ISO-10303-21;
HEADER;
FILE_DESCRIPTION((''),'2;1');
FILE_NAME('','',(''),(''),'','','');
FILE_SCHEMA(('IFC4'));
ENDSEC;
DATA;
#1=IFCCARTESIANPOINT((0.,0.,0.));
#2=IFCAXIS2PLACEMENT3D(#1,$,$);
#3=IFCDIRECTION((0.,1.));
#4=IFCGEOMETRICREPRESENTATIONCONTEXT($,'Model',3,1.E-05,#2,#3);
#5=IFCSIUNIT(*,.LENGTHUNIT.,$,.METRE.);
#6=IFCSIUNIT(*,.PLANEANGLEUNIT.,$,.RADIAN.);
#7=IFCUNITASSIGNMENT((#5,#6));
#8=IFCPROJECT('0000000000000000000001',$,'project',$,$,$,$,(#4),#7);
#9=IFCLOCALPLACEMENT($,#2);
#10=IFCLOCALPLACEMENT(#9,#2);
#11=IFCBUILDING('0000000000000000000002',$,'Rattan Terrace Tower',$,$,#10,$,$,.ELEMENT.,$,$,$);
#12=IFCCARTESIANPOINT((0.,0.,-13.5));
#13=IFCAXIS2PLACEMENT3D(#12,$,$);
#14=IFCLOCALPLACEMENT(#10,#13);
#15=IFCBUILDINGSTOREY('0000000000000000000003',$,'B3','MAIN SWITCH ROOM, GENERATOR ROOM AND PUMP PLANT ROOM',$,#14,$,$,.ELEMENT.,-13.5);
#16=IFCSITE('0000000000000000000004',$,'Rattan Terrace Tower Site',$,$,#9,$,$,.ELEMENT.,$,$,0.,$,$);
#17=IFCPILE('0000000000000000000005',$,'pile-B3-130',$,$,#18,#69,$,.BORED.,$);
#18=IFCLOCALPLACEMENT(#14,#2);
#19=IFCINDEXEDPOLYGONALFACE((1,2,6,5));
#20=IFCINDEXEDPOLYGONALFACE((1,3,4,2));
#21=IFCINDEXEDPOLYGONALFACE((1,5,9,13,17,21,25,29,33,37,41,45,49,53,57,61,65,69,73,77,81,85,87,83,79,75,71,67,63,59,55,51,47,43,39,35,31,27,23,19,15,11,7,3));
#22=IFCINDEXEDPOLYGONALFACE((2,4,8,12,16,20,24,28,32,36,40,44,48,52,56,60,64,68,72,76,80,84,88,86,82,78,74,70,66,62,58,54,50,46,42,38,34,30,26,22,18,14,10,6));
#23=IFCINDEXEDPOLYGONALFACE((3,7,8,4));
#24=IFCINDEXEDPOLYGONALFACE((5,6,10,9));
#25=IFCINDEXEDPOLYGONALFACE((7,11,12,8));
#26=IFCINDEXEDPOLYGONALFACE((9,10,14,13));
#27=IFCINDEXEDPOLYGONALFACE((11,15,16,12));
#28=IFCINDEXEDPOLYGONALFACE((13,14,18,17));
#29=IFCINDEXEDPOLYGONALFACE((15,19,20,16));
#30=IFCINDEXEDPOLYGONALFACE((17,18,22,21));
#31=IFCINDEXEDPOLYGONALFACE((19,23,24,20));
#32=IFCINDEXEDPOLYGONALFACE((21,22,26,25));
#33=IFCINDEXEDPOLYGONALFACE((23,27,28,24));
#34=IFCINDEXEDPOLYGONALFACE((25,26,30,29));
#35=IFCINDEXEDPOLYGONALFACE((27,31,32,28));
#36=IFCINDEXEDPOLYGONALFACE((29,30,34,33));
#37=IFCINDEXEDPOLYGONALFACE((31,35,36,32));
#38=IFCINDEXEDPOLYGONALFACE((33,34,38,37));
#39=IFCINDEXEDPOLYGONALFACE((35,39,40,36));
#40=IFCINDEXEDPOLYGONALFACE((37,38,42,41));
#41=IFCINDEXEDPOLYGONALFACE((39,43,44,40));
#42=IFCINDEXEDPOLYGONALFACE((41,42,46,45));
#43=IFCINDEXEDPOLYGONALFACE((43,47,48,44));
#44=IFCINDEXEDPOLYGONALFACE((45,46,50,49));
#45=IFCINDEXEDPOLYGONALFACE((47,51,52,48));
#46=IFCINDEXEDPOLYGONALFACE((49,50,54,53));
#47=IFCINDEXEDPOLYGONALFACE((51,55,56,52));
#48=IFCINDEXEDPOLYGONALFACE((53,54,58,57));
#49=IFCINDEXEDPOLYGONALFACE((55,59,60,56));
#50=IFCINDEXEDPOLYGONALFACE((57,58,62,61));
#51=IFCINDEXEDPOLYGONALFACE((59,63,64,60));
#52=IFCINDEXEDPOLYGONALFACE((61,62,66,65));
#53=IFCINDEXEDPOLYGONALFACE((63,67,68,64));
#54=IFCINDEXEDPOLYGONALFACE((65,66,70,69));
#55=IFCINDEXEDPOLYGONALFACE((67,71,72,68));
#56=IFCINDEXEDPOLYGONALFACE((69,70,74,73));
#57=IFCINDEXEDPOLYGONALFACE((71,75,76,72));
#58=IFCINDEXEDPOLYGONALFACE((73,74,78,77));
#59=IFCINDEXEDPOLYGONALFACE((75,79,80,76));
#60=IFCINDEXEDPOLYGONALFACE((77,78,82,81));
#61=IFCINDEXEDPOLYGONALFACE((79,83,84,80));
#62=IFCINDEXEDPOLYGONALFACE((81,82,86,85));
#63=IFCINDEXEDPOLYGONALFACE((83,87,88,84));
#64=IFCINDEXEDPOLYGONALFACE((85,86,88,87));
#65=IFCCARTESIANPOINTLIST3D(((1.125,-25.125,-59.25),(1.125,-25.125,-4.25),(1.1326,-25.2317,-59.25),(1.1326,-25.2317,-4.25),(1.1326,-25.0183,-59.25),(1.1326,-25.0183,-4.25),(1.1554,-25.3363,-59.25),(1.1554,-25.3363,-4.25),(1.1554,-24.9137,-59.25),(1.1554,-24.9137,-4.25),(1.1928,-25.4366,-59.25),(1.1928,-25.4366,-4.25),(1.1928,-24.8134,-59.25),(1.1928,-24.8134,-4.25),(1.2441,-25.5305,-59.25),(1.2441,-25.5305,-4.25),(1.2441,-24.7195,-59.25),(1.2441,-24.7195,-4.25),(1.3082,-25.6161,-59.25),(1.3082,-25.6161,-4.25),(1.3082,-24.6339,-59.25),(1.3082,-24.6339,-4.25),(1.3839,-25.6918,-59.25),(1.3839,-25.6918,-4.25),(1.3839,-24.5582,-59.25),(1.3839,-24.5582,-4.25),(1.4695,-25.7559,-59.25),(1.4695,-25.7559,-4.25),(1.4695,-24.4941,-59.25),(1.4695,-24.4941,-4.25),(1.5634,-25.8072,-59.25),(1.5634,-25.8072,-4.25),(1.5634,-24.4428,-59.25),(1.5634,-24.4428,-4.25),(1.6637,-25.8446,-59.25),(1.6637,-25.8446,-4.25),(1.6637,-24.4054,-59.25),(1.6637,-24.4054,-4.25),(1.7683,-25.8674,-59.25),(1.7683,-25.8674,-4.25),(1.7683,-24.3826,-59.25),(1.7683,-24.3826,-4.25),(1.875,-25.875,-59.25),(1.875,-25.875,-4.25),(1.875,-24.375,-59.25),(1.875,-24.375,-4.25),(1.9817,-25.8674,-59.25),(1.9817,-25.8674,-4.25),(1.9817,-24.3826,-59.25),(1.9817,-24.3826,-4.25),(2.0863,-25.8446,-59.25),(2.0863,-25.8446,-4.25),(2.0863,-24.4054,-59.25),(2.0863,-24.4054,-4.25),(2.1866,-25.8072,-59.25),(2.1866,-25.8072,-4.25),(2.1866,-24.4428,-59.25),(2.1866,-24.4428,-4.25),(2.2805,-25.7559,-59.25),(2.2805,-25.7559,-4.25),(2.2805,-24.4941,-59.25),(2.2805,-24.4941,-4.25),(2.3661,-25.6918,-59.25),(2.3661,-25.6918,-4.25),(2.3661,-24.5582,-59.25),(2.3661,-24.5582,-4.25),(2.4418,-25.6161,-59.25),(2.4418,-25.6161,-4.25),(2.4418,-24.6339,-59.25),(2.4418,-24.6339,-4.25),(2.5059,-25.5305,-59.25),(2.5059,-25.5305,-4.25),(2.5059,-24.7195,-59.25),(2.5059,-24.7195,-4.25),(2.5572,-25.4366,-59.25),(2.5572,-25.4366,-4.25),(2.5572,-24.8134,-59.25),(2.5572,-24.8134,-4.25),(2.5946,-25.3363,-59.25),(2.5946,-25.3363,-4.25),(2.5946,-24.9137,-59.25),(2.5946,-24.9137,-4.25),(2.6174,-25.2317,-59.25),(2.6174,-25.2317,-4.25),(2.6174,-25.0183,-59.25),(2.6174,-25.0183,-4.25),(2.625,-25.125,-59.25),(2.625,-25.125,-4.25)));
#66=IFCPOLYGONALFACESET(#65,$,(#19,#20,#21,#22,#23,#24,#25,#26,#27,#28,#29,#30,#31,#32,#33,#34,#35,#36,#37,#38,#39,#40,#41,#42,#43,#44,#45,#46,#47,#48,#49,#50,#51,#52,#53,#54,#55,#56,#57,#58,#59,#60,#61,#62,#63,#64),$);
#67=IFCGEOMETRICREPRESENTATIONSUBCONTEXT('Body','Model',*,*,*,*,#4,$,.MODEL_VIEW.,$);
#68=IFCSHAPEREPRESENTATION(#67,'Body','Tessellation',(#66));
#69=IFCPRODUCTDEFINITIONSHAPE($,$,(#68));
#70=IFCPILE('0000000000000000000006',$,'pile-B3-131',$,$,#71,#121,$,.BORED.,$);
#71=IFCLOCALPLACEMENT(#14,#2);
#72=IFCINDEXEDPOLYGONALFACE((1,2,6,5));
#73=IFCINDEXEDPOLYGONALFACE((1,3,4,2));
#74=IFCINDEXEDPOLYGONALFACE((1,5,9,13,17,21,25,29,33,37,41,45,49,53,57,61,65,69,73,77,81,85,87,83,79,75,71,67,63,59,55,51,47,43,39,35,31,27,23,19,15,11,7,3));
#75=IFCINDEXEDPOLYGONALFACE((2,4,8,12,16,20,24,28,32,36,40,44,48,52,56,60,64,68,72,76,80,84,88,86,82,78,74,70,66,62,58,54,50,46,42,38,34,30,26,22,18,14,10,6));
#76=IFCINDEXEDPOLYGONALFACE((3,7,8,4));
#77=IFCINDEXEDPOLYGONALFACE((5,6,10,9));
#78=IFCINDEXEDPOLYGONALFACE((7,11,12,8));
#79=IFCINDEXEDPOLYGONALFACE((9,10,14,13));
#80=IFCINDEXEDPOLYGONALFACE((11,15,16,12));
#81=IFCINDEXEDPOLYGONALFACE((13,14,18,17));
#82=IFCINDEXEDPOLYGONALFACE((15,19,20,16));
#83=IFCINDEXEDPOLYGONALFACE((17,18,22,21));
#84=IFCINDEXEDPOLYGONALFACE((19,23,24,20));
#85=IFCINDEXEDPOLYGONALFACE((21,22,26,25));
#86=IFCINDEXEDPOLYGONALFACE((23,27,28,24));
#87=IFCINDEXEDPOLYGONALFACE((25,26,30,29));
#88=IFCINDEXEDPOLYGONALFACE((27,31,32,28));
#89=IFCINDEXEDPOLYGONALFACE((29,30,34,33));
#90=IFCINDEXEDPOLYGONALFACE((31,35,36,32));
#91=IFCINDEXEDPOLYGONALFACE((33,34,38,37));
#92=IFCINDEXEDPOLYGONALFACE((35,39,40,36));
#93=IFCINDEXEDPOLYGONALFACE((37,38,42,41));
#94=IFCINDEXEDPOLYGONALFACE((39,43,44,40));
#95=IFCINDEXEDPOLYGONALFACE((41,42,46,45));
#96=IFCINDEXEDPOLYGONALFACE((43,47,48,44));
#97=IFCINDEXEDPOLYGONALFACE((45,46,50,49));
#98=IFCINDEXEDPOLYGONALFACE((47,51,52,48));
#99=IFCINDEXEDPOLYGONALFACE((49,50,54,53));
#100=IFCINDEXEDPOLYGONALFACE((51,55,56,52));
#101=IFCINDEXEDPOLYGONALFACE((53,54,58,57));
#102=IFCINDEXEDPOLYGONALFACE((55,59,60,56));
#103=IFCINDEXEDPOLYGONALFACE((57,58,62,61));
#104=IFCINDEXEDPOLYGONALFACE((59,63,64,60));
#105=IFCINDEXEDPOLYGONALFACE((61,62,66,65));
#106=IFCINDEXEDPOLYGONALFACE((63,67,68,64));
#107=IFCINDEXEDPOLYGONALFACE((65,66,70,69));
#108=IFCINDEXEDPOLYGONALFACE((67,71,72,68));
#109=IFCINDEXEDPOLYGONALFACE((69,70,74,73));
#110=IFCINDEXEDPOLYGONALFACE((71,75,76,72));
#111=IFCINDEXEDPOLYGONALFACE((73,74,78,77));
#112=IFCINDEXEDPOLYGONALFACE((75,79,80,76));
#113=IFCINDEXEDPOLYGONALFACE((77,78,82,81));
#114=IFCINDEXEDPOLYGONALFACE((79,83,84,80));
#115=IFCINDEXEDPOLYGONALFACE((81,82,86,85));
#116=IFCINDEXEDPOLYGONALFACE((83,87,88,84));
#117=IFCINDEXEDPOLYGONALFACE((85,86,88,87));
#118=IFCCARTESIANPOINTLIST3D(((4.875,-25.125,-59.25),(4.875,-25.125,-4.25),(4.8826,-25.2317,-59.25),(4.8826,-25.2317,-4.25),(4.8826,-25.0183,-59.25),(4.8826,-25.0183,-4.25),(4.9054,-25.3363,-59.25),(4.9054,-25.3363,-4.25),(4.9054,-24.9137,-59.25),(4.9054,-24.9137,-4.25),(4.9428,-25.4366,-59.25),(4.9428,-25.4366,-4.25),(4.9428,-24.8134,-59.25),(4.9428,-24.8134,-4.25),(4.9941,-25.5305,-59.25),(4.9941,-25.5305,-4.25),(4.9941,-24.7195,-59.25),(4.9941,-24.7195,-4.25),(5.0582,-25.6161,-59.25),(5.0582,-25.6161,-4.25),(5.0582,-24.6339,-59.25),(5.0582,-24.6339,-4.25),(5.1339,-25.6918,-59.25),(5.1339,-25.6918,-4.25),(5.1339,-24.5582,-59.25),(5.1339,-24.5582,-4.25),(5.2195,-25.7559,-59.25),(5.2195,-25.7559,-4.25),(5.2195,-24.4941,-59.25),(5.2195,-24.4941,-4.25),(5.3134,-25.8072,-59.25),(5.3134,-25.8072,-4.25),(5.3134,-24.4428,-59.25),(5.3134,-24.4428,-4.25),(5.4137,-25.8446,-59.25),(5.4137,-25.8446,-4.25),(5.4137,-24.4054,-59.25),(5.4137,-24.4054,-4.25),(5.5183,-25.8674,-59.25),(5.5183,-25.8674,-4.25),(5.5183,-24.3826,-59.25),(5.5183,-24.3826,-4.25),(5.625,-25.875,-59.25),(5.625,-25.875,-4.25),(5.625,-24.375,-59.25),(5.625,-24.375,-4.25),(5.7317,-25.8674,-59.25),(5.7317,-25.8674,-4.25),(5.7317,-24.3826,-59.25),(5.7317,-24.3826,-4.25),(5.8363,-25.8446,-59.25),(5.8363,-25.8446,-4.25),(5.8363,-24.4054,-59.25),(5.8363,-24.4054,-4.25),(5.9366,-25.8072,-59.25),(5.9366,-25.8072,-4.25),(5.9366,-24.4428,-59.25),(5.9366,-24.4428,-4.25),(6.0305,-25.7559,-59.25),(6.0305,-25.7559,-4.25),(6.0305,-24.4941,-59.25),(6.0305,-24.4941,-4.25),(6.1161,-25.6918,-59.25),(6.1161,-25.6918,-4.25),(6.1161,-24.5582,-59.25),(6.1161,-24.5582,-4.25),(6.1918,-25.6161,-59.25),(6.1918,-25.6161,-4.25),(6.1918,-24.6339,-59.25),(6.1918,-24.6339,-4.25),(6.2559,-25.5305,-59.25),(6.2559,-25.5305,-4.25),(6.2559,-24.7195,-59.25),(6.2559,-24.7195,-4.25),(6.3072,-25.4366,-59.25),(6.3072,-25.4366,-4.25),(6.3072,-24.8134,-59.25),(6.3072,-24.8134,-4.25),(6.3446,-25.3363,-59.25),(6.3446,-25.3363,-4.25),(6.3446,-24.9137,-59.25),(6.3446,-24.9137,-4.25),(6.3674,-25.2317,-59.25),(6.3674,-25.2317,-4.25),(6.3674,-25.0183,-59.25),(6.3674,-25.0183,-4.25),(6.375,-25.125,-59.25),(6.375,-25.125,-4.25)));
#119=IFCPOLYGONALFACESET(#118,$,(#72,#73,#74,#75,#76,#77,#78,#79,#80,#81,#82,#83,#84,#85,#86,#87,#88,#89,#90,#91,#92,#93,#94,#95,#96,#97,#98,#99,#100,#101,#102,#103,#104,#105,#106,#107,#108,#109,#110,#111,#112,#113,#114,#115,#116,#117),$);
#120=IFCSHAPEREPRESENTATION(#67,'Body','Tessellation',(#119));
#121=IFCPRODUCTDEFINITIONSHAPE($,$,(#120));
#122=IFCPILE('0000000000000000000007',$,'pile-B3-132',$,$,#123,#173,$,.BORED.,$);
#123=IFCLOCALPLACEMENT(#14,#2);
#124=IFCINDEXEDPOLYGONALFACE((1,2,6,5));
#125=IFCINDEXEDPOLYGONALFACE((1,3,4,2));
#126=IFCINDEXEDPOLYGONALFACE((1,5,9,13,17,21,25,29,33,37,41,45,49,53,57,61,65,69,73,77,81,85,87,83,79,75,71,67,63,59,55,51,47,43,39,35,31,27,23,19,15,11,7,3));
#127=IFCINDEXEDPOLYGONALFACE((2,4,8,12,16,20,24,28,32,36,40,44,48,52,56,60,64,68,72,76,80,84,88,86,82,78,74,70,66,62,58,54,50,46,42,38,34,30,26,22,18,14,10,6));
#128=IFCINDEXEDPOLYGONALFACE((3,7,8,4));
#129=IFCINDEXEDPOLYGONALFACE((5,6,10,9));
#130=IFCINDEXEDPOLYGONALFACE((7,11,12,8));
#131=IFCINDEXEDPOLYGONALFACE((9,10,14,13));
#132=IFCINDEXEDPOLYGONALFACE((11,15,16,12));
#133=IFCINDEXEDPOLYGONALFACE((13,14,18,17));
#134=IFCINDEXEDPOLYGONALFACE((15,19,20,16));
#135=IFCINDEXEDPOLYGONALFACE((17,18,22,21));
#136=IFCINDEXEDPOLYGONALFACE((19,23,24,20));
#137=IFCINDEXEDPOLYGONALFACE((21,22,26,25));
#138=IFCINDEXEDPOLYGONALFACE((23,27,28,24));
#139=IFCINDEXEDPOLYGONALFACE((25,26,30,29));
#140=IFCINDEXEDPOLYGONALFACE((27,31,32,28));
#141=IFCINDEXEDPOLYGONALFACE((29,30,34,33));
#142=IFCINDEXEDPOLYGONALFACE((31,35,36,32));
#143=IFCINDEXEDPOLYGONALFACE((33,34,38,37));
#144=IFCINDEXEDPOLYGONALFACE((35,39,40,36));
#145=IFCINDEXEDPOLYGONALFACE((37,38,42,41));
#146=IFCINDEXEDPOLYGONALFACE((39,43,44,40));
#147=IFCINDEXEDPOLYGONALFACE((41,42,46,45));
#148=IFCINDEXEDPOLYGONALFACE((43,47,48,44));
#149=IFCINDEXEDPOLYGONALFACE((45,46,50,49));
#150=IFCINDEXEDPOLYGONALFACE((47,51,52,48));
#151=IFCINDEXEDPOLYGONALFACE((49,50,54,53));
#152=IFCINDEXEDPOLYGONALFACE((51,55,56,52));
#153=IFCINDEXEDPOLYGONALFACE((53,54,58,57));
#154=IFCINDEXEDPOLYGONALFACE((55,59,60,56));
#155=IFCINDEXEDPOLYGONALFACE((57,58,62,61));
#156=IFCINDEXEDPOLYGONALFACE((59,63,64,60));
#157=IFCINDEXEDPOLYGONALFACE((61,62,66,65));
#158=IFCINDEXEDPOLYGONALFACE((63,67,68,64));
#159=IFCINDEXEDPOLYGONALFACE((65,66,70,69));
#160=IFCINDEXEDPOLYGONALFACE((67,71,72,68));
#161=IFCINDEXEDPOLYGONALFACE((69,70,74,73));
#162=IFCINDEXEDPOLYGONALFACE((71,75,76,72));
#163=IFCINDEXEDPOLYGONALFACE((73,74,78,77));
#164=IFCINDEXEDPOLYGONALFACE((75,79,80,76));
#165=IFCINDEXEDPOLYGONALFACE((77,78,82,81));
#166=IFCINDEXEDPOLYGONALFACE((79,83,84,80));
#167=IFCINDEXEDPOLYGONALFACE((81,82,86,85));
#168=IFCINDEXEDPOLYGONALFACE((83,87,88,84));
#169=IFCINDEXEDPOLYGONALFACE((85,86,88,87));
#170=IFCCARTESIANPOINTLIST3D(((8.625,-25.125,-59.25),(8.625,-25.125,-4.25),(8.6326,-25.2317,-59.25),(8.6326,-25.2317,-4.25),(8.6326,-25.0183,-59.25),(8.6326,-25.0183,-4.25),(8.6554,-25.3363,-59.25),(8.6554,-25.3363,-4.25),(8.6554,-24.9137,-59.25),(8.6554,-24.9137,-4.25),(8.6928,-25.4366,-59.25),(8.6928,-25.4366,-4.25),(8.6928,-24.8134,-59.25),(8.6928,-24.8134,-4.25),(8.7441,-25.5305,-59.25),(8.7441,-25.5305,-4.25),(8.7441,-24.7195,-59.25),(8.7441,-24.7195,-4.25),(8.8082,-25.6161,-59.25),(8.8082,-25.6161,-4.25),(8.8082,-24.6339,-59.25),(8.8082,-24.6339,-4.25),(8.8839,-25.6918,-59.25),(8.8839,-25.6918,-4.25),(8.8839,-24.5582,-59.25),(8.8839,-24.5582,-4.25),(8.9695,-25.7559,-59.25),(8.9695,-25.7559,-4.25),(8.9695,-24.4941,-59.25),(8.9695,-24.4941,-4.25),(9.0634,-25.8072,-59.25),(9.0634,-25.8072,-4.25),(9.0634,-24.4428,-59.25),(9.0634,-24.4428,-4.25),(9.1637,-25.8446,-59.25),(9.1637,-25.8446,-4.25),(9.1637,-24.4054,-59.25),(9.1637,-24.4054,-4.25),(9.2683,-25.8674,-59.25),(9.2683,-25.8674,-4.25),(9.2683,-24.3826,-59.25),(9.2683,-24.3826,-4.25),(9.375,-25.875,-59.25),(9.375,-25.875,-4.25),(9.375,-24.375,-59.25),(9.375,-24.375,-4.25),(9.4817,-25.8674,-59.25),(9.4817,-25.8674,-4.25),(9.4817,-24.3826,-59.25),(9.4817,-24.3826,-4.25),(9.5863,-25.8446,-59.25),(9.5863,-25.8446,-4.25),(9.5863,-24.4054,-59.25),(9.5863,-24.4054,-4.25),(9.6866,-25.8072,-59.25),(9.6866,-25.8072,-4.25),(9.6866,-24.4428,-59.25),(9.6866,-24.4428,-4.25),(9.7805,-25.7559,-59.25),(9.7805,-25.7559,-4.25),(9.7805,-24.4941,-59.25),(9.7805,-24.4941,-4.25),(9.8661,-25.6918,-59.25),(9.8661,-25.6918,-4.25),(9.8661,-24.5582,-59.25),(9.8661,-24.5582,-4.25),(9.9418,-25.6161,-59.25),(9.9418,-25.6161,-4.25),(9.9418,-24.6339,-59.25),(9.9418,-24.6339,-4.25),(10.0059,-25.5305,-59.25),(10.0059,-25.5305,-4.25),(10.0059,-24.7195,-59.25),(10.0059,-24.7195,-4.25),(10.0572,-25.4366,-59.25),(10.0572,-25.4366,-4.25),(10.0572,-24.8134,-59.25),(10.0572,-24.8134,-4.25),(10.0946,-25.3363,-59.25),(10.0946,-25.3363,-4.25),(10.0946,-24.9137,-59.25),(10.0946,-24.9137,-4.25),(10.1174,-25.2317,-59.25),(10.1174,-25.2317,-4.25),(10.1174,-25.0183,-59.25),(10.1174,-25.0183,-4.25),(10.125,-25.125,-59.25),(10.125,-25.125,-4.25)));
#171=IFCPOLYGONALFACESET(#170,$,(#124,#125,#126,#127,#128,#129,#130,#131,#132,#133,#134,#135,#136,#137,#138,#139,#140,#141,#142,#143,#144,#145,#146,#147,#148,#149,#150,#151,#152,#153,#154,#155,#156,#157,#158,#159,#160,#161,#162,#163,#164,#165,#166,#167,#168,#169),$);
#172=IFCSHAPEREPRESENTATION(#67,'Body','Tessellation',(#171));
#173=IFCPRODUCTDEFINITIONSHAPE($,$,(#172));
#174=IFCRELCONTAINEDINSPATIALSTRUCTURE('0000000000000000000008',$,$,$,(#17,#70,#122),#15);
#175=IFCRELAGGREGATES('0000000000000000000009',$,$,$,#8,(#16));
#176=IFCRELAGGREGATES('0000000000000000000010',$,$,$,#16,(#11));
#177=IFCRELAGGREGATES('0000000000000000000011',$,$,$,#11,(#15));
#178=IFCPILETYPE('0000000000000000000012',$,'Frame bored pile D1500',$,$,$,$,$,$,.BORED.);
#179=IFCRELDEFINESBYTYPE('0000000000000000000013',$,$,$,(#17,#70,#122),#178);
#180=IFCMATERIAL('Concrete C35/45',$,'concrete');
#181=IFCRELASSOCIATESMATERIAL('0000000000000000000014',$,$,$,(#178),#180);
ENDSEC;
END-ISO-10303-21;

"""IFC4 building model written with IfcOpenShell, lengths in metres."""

from ifc_helpers import new_model, si_unit, direction, frame, origin, origin_2d, place, context, subcontext, project, spatial, circle, extrude, material, material_profile, profile_set, type_object, element, save


model = new_model("IFC4")

# Units and contexts
model_context = context("Model", 3, precision=1e-05, world=origin(), true_north=direction((0.0, 1.0)))
body_context = subcontext(model_context, "Body", "Model", "MODEL_VIEW")
ifc_project = project(units=[si_unit("LENGTHUNIT", "METRE"), si_unit("PLANEANGLEUNIT", "RADIAN")], contexts=[model_context])

# Site, building, storey
site_placement = place(None, origin())
site = spatial("IfcSite", under=ifc_project, at=site_placement, Name="Rattan Terrace Tower Site", CompositionType="ELEMENT", RefElevation=0.0)
building_placement = place(site_placement, origin())
building = spatial("IfcBuilding", under=site, at=building_placement, Name="Rattan Terrace Tower", CompositionType="ELEMENT")
storey_placement = place(building_placement, frame((0.0, 0.0, -13.5)))
storey = spatial("IfcBuildingStorey", under=building, at=storey_placement, Name="B3", Description="MAIN SWITCH ROOM, GENERATOR ROOM AND PUMP PLANT ROOM", CompositionType="ELEMENT", Elevation=-13.5)

# Piles
ifc_material_1 = material(Name="Concrete C35/45", Category="concrete")
ifc_material_profile_1 = material_profile(ifc_material_1, circle(Radius=0.75, at=origin_2d()), Name="PILE D1500")
ifc_profile_set_1 = profile_set([ifc_material_profile_1], Name="Concrete C35/45")
pile_type = type_object("IfcPileType", Name="Frame bored pile D1500", PredefinedType="BORED", material=ifc_profile_set_1)
for number, where, z_axis, x_axis, name in (
    (1, (1.875, -25.125, -4.25), (0.0, 0.0, -1.0), (1.0, 0.0, 0.0), "pile-B3-130"),
    (2, (5.625, -25.125, -4.25), (0.0, 0.0, -1.0), (1.0, 0.0, 0.0), "pile-B3-131"),
    (3, (9.375, -25.125, -4.25), (0.0, 0.0, -1.0), (1.0, 0.0, 0.0), "pile-B3-132"),
):
    element("IfcPile", number, at=place(storey_placement, frame(where, z_axis=z_axis, x_axis=x_axis)), inside=storey, type_object=pile_type, Name=name, PredefinedType="BORED", context=body_context, shape_type="SweptSolid", body=[
        extrude(circle(Radius=0.75, at=origin_2d()), origin(), (0.0, 0.0, 1.0), 55.0),
    ])

save(model, "model.ifc")
